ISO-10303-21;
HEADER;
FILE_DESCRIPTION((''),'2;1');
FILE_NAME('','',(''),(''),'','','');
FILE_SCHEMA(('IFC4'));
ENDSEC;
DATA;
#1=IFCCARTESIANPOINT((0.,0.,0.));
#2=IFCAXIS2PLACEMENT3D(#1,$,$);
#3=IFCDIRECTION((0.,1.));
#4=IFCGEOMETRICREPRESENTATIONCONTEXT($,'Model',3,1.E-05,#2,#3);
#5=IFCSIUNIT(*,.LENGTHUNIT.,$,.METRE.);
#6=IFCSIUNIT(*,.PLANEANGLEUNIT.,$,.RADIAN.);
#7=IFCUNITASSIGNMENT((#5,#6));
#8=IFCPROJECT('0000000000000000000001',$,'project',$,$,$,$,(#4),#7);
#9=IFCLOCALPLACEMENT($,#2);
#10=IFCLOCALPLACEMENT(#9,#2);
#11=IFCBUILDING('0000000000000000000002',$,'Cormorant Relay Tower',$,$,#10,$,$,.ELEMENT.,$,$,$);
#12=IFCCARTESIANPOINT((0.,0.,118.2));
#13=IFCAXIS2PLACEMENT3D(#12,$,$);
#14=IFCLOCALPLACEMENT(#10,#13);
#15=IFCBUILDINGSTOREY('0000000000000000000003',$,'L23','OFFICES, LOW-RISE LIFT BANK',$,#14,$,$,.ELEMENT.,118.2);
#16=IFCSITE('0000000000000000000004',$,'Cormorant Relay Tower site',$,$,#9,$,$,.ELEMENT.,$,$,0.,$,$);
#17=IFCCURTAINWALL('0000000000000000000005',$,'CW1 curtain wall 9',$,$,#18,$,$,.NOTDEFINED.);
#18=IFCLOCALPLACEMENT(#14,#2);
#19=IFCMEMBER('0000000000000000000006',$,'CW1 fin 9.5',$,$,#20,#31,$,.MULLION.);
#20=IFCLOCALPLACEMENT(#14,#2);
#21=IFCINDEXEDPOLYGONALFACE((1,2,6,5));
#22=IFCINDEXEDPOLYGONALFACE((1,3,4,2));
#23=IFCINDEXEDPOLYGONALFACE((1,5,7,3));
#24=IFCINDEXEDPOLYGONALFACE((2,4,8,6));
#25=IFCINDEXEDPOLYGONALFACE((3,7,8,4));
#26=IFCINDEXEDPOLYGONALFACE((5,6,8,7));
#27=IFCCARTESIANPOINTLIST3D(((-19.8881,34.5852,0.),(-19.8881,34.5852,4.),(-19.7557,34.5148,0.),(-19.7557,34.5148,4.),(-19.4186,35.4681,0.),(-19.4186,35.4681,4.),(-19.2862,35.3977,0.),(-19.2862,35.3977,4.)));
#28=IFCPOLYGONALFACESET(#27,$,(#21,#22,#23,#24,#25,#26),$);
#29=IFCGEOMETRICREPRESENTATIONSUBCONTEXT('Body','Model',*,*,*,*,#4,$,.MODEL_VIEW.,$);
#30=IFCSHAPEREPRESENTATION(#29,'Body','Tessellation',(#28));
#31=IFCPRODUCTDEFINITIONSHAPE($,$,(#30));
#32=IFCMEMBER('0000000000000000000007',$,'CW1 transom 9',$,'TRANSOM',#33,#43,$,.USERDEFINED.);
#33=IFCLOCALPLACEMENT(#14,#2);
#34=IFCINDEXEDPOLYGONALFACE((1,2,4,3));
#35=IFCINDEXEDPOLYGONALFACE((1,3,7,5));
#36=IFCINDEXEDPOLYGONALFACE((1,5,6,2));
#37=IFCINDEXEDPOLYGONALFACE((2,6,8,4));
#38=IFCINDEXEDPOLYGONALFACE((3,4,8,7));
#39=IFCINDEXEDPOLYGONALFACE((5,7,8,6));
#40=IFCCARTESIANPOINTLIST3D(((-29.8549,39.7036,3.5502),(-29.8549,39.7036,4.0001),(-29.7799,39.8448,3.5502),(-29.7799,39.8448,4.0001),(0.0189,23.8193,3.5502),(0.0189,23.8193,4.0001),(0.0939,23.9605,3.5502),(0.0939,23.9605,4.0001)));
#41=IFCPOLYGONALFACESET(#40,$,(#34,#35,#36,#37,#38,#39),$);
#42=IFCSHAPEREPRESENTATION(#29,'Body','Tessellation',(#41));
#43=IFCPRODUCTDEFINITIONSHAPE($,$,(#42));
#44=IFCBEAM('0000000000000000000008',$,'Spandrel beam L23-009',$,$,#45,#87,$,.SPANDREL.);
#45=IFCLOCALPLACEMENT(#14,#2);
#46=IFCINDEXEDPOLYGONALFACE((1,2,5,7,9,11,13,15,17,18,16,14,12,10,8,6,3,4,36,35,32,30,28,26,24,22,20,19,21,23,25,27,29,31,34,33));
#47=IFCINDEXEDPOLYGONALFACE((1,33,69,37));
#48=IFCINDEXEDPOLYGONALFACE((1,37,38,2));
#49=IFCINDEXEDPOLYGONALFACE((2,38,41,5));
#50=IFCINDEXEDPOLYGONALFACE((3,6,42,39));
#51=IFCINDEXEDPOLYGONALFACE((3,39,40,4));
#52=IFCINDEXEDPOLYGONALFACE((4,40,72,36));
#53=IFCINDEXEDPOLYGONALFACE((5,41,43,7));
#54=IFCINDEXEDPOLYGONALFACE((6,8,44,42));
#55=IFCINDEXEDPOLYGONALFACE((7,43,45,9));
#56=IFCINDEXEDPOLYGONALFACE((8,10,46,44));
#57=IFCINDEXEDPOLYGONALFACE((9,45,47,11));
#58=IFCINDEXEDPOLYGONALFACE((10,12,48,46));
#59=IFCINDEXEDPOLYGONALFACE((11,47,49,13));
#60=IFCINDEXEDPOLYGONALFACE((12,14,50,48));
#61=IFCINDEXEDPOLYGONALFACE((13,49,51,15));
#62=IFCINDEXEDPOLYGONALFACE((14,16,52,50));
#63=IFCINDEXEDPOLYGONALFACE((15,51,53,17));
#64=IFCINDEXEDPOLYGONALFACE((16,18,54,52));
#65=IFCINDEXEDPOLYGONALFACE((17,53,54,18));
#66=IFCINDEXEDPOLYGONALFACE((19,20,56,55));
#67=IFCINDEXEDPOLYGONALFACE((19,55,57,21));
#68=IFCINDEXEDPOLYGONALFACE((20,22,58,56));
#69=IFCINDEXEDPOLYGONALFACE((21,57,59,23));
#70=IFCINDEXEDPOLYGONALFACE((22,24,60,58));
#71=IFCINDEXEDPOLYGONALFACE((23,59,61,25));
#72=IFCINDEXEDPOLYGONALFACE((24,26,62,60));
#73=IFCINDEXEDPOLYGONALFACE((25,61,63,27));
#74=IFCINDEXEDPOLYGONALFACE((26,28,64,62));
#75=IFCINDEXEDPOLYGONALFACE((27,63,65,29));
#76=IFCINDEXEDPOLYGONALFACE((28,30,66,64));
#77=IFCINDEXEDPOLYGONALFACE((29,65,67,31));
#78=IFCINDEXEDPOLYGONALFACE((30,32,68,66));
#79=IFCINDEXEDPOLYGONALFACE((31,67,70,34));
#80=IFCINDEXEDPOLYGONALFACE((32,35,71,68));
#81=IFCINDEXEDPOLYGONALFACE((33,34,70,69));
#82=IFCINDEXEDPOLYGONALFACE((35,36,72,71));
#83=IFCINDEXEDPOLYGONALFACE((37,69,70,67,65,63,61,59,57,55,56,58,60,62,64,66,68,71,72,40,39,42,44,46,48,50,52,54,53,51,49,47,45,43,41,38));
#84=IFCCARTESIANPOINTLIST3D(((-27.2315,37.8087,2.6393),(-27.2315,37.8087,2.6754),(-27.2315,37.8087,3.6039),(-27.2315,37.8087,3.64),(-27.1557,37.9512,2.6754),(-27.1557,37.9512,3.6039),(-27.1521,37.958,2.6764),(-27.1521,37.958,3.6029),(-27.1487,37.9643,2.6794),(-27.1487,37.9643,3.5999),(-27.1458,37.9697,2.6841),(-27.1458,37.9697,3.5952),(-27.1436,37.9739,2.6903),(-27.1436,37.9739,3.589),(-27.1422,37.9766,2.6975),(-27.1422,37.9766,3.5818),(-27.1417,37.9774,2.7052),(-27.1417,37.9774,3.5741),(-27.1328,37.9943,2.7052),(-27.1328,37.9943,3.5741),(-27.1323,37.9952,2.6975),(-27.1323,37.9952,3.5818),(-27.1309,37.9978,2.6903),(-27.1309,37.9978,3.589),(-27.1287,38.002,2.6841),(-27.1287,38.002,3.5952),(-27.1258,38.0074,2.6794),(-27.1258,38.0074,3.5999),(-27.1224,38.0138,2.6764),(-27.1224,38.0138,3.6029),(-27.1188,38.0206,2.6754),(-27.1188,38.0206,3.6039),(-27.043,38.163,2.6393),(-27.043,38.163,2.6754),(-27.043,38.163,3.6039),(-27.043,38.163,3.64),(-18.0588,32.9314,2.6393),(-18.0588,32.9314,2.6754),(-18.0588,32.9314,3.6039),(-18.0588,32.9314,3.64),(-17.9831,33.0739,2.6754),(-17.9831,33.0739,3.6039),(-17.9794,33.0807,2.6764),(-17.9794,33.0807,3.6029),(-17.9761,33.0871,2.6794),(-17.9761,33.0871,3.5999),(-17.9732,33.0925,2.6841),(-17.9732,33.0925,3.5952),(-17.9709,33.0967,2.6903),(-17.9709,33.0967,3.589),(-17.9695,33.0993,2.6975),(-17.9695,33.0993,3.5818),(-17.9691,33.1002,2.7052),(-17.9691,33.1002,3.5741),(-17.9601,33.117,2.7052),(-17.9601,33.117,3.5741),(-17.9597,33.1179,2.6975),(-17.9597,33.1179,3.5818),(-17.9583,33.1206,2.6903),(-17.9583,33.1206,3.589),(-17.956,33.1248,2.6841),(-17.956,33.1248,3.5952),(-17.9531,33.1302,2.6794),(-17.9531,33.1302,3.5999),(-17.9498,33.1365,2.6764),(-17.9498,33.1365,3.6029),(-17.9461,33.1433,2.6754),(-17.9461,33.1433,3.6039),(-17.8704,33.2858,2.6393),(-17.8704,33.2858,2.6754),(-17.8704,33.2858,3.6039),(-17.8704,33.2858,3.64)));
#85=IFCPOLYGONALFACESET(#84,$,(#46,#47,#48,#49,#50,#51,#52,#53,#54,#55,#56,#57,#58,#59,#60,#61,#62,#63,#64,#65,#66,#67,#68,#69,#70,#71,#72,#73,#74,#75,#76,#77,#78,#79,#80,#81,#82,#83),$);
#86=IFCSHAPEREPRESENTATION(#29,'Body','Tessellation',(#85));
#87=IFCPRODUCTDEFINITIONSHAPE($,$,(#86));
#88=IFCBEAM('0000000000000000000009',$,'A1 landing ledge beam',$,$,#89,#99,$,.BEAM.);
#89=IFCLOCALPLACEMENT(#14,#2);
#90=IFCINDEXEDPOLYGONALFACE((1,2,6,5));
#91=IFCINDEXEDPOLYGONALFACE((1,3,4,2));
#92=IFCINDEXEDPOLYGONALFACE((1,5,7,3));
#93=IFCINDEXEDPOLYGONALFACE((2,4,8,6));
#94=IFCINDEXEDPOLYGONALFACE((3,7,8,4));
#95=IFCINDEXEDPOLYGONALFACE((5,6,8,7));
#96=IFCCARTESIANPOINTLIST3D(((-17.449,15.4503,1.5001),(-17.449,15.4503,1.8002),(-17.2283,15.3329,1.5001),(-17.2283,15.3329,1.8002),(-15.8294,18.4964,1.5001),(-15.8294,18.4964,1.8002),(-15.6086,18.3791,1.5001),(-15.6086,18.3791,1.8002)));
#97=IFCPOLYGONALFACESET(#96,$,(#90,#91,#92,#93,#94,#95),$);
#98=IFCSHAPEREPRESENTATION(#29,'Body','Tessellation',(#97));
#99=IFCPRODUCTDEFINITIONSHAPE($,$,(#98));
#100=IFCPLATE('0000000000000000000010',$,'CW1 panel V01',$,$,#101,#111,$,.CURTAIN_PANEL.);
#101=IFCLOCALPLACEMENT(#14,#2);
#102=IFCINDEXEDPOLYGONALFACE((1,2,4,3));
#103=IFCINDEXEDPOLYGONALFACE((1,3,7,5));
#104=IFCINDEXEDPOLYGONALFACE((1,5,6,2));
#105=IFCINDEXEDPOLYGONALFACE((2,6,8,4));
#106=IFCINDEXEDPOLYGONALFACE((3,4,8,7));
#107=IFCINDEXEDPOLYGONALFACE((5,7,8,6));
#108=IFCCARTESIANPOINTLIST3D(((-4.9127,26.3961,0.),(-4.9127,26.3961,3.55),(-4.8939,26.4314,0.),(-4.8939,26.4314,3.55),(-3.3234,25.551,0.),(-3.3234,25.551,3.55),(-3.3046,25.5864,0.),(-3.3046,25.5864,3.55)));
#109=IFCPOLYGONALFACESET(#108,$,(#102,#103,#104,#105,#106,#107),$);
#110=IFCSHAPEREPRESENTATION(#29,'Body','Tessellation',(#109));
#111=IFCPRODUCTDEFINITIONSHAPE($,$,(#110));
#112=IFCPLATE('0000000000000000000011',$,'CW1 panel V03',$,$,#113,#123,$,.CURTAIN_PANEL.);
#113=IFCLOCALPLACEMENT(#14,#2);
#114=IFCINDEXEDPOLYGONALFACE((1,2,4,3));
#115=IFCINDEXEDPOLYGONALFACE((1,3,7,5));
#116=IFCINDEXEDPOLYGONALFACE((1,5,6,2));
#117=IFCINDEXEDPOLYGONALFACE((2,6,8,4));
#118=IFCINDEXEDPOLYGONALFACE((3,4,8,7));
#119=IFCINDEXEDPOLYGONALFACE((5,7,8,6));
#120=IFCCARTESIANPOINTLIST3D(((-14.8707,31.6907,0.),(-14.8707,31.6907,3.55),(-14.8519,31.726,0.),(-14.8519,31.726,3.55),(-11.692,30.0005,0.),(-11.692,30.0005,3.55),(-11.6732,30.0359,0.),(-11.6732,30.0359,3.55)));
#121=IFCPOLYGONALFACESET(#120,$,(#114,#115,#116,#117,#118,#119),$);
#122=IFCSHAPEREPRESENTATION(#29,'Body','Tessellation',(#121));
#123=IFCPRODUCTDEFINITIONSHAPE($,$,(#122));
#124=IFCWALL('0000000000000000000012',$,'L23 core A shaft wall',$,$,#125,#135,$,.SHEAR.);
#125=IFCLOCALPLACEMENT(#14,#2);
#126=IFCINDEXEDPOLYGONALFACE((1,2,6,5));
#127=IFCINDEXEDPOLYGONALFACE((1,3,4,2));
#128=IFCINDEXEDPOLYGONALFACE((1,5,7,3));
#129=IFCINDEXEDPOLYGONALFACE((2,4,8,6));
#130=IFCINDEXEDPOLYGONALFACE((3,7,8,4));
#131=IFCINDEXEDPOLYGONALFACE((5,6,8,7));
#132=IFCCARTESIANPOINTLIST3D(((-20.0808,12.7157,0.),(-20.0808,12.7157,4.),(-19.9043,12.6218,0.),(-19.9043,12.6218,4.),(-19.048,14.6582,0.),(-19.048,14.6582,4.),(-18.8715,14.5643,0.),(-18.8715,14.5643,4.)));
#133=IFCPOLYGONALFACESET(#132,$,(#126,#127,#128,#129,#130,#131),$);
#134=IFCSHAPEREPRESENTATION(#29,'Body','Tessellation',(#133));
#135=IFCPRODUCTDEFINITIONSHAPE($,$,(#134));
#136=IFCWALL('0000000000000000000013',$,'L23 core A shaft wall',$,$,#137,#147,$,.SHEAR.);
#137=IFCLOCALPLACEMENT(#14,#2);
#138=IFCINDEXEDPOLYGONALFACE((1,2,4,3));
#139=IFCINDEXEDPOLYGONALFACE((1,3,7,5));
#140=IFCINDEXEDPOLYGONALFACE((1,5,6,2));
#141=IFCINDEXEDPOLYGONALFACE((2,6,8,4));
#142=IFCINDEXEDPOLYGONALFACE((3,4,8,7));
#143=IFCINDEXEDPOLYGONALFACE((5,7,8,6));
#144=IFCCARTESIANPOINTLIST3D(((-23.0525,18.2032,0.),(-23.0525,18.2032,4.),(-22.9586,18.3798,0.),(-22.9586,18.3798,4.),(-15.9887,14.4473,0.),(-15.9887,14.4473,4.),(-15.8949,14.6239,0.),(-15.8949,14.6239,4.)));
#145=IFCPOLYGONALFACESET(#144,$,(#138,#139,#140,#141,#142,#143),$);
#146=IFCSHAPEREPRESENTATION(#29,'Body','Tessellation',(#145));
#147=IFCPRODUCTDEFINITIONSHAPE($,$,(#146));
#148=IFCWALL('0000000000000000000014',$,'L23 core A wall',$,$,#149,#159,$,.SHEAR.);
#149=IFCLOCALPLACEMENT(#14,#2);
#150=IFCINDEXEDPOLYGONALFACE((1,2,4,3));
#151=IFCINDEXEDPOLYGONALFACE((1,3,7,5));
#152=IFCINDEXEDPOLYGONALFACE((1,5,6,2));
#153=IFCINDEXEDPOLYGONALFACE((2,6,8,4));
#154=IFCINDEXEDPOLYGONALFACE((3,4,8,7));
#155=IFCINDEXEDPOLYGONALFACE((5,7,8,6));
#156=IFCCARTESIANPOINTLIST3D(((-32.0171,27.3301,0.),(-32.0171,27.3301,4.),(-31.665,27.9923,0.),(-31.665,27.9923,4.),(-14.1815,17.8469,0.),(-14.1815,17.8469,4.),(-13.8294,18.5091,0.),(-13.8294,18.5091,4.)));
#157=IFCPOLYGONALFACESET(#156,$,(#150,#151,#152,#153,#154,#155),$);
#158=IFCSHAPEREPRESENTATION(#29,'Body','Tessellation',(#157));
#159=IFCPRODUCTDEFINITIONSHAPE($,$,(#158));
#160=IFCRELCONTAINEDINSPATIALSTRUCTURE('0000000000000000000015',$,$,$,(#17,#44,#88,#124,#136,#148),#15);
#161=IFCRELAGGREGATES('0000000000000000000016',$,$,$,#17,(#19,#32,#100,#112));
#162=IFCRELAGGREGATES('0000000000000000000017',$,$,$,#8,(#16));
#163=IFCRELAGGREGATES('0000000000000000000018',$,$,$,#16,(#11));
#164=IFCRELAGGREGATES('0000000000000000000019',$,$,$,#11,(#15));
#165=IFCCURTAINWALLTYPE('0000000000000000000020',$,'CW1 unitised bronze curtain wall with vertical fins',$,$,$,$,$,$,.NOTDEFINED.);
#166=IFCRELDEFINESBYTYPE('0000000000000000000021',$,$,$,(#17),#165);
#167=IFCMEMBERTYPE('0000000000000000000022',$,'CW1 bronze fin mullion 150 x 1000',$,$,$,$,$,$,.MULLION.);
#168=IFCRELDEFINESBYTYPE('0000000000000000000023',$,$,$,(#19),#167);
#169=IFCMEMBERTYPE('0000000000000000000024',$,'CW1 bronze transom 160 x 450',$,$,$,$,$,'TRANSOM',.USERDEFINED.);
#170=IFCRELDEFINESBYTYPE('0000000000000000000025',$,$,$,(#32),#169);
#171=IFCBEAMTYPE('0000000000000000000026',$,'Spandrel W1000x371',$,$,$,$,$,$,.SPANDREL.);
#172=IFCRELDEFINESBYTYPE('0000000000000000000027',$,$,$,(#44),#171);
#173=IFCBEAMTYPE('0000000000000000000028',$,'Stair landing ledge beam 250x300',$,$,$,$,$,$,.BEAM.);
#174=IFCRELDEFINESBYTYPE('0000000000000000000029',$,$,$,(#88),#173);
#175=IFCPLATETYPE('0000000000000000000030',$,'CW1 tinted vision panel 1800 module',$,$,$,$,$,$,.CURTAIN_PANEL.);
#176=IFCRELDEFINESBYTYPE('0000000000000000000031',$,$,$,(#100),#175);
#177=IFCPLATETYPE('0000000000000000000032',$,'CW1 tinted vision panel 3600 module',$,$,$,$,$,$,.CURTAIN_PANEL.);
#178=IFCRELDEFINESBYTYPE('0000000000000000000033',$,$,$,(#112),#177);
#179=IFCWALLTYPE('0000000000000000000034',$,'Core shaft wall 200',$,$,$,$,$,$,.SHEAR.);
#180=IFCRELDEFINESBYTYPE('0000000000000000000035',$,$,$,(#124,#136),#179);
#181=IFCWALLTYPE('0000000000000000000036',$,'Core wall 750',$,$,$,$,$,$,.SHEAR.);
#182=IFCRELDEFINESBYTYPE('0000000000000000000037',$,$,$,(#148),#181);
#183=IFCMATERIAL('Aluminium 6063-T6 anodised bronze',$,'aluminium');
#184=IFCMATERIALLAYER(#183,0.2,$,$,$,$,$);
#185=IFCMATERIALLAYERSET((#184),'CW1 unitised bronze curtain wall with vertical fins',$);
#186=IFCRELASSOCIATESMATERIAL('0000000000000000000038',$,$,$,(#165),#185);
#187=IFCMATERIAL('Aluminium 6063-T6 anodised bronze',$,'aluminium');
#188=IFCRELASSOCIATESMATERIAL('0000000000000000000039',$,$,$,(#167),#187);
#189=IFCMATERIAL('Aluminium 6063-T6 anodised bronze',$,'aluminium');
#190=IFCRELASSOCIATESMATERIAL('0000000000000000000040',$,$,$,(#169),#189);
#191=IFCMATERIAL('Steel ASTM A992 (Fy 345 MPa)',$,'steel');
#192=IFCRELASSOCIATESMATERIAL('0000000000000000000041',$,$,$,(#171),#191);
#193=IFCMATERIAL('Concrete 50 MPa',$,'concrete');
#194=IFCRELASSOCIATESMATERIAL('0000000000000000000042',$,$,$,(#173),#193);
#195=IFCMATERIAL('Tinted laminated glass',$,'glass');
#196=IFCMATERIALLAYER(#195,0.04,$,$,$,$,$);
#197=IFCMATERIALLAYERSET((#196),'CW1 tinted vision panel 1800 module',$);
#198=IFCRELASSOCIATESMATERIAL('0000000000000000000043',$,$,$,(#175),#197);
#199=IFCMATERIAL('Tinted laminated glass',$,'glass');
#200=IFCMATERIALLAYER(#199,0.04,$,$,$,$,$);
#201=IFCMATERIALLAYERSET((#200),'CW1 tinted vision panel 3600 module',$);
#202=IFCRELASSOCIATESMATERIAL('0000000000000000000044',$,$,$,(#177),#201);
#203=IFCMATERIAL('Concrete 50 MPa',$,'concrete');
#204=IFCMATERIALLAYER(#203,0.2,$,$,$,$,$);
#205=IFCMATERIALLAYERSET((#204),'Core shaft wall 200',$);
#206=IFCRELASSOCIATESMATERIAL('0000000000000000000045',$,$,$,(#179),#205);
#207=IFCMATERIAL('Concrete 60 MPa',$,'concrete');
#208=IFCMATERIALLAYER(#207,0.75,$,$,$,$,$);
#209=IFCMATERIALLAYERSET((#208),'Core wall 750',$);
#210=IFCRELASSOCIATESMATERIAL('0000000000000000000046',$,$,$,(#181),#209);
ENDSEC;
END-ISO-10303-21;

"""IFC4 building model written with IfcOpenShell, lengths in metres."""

from ifc_helpers import new_model, si_unit, direction, frame, frame_2d, origin, origin_2d, place, context, subcontext, project, spatial, rectangle, i_section, extrude, material, layer, layer_set, material_profile, profile_set, type_object, element, aggregate, save


model = new_model("IFC4")

# Units and contexts
model_context = context("Model", 3, precision=1e-05, world=origin(), true_north=direction((0.0, 1.0)))
body_context = subcontext(model_context, "Body", "Model", "MODEL_VIEW")
ifc_project = project(units=[si_unit("LENGTHUNIT", "METRE"), si_unit("PLANEANGLEUNIT", "RADIAN")], contexts=[model_context])

# Site, building, storey
site_placement = place(None, origin())
site = spatial("IfcSite", under=ifc_project, at=site_placement, Name="Cormorant Relay Tower site", CompositionType="ELEMENT", RefElevation=0.0)
building_placement = place(site_placement, origin())
building = spatial("IfcBuilding", under=site, at=building_placement, Name="Cormorant Relay Tower", CompositionType="ELEMENT")
storey_placement = place(building_placement, frame((0.0, 0.0, 118.2)))
storey = spatial("IfcBuildingStorey", under=building, at=storey_placement, Name="L23", Description="OFFICES, LOW-RISE LIFT BANK", CompositionType="ELEMENT", Elevation=118.2)

# Curtain wall, members
ifc_material_1 = material(Name="Aluminium 6063-T6 anodised bronze", Category="aluminium")
ifc_layer_1 = layer(ifc_material_1, 0.2)
ifc_layer_set_1 = layer_set([ifc_layer_1], Name="CW1 unitised bronze curtain wall with vertical fins")
curtain_wall_type = type_object("IfcCurtainWallType", Name="CW1 unitised bronze curtain wall with vertical fins", PredefinedType="NOTDEFINED", material=ifc_layer_set_1)
curtain_wall_1_placement = place(storey_placement, origin())
curtain_wall_1 = element("IfcCurtainWall", 1, at=curtain_wall_1_placement, inside=storey, type_object=curtain_wall_type, Name="CW1 curtain wall 9", PredefinedType="NOTDEFINED")
ifc_material_2 = material(Name="Aluminium 6063-T6 anodised bronze", Category="aluminium")
ifc_material_profile_1 = material_profile(ifc_material_2, rectangle(XDim=0.1499, YDim=1.0, at=origin_2d()), Name="AL 150x1000")
ifc_profile_set_1 = profile_set([ifc_material_profile_1], Name="Aluminium 6063-T6 anodised bronze")
member_type_1 = type_object("IfcMemberType", Name="CW1 bronze fin mullion 150 x 1000", PredefinedType="MULLION", material=ifc_profile_set_1)
member_1_placement = place(storey_placement, frame((-19.5872, 34.9915, 0.0), z_axis=(0.0, 0.0, 1.0), x_axis=(-0.882948, 0.469472, 0.0)))
member_1 = element("IfcMember", 2, at=member_1_placement, type_object=member_type_1, Name="CW1 fin 9.5", PredefinedType="MULLION", context=body_context, shape_type="SweptSolid", body=[
    extrude(rectangle(XDim=0.1499, YDim=1.0, at=origin_2d()), origin(), (0.0, 0.0, 1.0), 4.0),
])
ifc_material_3 = material(Name="Aluminium 6063-T6 anodised bronze", Category="aluminium")
ifc_material_profile_2 = material_profile(ifc_material_3, rectangle(XDim=0.1599, YDim=0.45, at=origin_2d()), Name="AL 160x450")
ifc_profile_set_2 = profile_set([ifc_material_profile_2], Name="Aluminium 6063-T6 anodised bronze")
member_type_2 = type_object("IfcMemberType", Name="CW1 bronze transom 160 x 450", ElementType="TRANSOM", PredefinedType="USERDEFINED", material=ifc_profile_set_2)
member_2_placement = place(storey_placement, frame((0.0564, 23.8899, 3.7751), z_axis=(-0.882946, 0.469474, 0.0), x_axis=(-0.469474, -0.882946, 0.0)))
member_2 = element("IfcMember", 3, at=member_2_placement, type_object=member_type_2, Name="CW1 transom 9", ObjectType="TRANSOM", PredefinedType="USERDEFINED", context=body_context, shape_type="SweptSolid", body=[
    extrude(rectangle(XDim=0.1599, YDim=0.45, at=origin_2d()), origin(), (0.0, 0.0, 1.0), 33.8342),
])

# Beams
ifc_material_4 = material(Name="Steel ASTM A992 (Fy 345 MPa)", Category="steel")
ifc_material_profile_3 = material_profile(ifc_material_4, i_section(OverallWidth=0.4014, OverallDepth=1.0007, WebThickness=0.019, FlangeThickness=0.0361, FilletRadius=0.0298, at=origin_2d()), Name="W1000x371")
ifc_profile_set_3 = profile_set([ifc_material_profile_3], Name="Steel ASTM A992 (Fy 345 MPa)")
beam_type_1 = type_object("IfcBeamType", Name="Spandrel W1000x371", PredefinedType="SPANDREL", material=ifc_profile_set_3)
beam_1_placement = place(storey_placement, frame((-17.9646, 33.1086, 3.1396), z_axis=(-0.882946, 0.469474, 0.0), x_axis=(-0.469474, -0.882946, 0.0)))
element("IfcBeam", 4, at=beam_1_placement, inside=storey, type_object=beam_type_1, Name="Spandrel beam L23-009", PredefinedType="SPANDREL", context=body_context, shape_type="SweptSolid", body=[
    extrude(i_section(OverallWidth=0.4014, OverallDepth=1.0007, WebThickness=0.019, FlangeThickness=0.0361, FilletRadius=0.0298, at=origin_2d()), origin(), (0.0, 0.0, 1.0), 10.3887),
])
ifc_material_5 = material(Name="Concrete 50 MPa", Category="concrete")
ifc_material_profile_4 = material_profile(ifc_material_5, rectangle(XDim=0.25, YDim=0.3, at=origin_2d()), Name="RC 250x300")
ifc_profile_set_4 = profile_set([ifc_material_profile_4], Name="Concrete 50 MPa")
beam_type_2 = type_object("IfcBeamType", Name="Stair landing ledge beam 250x300", PredefinedType="BEAM", material=ifc_profile_set_4)
beam_2_placement = place(storey_placement, frame((-17.3386, 15.3916, 1.6501), z_axis=(0.469464, 0.882952, 0.0), x_axis=(-0.882952, 0.469464, 0.0)))
element("IfcBeam", 5, at=beam_2_placement, inside=storey, type_object=beam_type_2, Name="A1 landing ledge beam", PredefinedType="BEAM", context=body_context, shape_type="SweptSolid", body=[
    extrude(rectangle(XDim=0.25, YDim=0.3, at=origin_2d()), origin(), (0.0, 0.0, 1.0), 3.45),
])

# Plates
ifc_material_6 = material(Name="Tinted laminated glass", Category="glass")
ifc_layer_2 = layer(ifc_material_6, 0.04)
ifc_layer_set_2 = layer_set([ifc_layer_2], Name="CW1 tinted vision panel 1800 module")
plate_type_1 = type_object("IfcPlateType", Name="CW1 tinted vision panel 1800 module", PredefinedType="CURTAIN_PANEL", material=ifc_layer_set_2)
plate_1_placement = place(storey_placement, frame((-4.1086, 25.9912, 0.0), z_axis=(0.0, 0.0, 1.0), x_axis=(-0.882948, 0.469472, 0.0)))
plate_1 = element("IfcPlate", 6, at=plate_1_placement, type_object=plate_type_1, Name="CW1 panel V01", PredefinedType="CURTAIN_PANEL", context=body_context, shape_type="SweptSolid", body=[
    extrude(rectangle(XDim=1.8, YDim=0.04, at=origin_2d()), origin(), (0.0, 0.0, 1.0), 3.55),
])
ifc_material_7 = material(Name="Tinted laminated glass", Category="glass")
ifc_layer_3 = layer(ifc_material_7, 0.04)
ifc_layer_set_3 = layer_set([ifc_layer_3], Name="CW1 tinted vision panel 3600 module")
plate_type_2 = type_object("IfcPlateType", Name="CW1 tinted vision panel 3600 module", PredefinedType="CURTAIN_PANEL", material=ifc_layer_set_3)
plate_2_placement = place(storey_placement, frame((-13.272, 30.8633, 0.0), z_axis=(0.0, 0.0, 1.0), x_axis=(-0.882948, 0.469472, 0.0)))
plate_2 = element("IfcPlate", 7, at=plate_2_placement, type_object=plate_type_2, Name="CW1 panel V03", PredefinedType="CURTAIN_PANEL", context=body_context, shape_type="SweptSolid", body=[
    extrude(rectangle(XDim=3.6001, YDim=0.04, at=origin_2d()), origin(), (0.0, 0.0, 1.0), 3.55),
])

# Walls
ifc_material_8 = material(Name="Concrete 50 MPa", Category="concrete")
ifc_layer_4 = layer(ifc_material_8, 0.2)
ifc_layer_set_4 = layer_set([ifc_layer_4], Name="Core shaft wall 200")
wall_type_1 = type_object("IfcWallType", Name="Core shaft wall 200", PredefinedType="SHEAR", material=ifc_layer_set_4)
wall_1_placement = place(storey_placement, frame((-18.9597, 14.6113, 0.0), z_axis=(0.0, 0.0, 1.0), x_axis=(-0.469447, -0.88296, 0.0)))
element("IfcWall", 8, at=wall_1_placement, inside=storey, type_object=wall_type_1, Name="L23 core A shaft wall", PredefinedType="SHEAR", context=body_context, shape_type="SweptSolid", body=[
    extrude(rectangle(XDim=2.2, YDim=0.2, at=frame_2d((1.1001, 0.0))), origin(), (0.0, 0.0, 1.0), 4.0),
])
wall_2_placement = place(storey_placement, frame((-15.9419, 14.5356, 0.0), z_axis=(0.0, 0.0, 1.0), x_axis=(-0.882947, 0.469473, 0.0)))
element("IfcWall", 9, at=wall_2_placement, inside=storey, type_object=wall_type_1, Name="L23 core A shaft wall", PredefinedType="SHEAR", context=body_context, shape_type="SweptSolid", body=[
    extrude(rectangle(XDim=8.0002, YDim=0.2, at=frame_2d((4.0, 0.0))), origin(), (0.0, 0.0, 1.0), 4.0),
])

# Shared definitions
ifc_material_9 = material(Name="Concrete 60 MPa", Category="concrete")
ifc_layer_5 = layer(ifc_material_9, 0.75)
ifc_layer_set_5 = layer_set([ifc_layer_5], Name="Core wall 750")
wall_type_2 = type_object("IfcWallType", Name="Core wall 750", PredefinedType="SHEAR", material=ifc_layer_set_5)

# Wall
wall_3_placement = place(storey_placement, frame((-14.0054, 18.178, 0.0), z_axis=(0.0, 0.0, 1.0), x_axis=(-0.88295, 0.469467, 0.0)))
element("IfcWall", 10, at=wall_3_placement, inside=storey, type_object=wall_type_2, Name="L23 core A wall", PredefinedType="SHEAR", context=body_context, shape_type="SweptSolid", body=[
    extrude(rectangle(XDim=20.2, YDim=0.75, at=frame_2d((10.1001, 0.0))), origin(), (0.0, 0.0, 1.0), 4.0),
])

aggregate(curtain_wall_1, [member_1, member_2, plate_1, plate_2])

save(model, "model.ifc")
